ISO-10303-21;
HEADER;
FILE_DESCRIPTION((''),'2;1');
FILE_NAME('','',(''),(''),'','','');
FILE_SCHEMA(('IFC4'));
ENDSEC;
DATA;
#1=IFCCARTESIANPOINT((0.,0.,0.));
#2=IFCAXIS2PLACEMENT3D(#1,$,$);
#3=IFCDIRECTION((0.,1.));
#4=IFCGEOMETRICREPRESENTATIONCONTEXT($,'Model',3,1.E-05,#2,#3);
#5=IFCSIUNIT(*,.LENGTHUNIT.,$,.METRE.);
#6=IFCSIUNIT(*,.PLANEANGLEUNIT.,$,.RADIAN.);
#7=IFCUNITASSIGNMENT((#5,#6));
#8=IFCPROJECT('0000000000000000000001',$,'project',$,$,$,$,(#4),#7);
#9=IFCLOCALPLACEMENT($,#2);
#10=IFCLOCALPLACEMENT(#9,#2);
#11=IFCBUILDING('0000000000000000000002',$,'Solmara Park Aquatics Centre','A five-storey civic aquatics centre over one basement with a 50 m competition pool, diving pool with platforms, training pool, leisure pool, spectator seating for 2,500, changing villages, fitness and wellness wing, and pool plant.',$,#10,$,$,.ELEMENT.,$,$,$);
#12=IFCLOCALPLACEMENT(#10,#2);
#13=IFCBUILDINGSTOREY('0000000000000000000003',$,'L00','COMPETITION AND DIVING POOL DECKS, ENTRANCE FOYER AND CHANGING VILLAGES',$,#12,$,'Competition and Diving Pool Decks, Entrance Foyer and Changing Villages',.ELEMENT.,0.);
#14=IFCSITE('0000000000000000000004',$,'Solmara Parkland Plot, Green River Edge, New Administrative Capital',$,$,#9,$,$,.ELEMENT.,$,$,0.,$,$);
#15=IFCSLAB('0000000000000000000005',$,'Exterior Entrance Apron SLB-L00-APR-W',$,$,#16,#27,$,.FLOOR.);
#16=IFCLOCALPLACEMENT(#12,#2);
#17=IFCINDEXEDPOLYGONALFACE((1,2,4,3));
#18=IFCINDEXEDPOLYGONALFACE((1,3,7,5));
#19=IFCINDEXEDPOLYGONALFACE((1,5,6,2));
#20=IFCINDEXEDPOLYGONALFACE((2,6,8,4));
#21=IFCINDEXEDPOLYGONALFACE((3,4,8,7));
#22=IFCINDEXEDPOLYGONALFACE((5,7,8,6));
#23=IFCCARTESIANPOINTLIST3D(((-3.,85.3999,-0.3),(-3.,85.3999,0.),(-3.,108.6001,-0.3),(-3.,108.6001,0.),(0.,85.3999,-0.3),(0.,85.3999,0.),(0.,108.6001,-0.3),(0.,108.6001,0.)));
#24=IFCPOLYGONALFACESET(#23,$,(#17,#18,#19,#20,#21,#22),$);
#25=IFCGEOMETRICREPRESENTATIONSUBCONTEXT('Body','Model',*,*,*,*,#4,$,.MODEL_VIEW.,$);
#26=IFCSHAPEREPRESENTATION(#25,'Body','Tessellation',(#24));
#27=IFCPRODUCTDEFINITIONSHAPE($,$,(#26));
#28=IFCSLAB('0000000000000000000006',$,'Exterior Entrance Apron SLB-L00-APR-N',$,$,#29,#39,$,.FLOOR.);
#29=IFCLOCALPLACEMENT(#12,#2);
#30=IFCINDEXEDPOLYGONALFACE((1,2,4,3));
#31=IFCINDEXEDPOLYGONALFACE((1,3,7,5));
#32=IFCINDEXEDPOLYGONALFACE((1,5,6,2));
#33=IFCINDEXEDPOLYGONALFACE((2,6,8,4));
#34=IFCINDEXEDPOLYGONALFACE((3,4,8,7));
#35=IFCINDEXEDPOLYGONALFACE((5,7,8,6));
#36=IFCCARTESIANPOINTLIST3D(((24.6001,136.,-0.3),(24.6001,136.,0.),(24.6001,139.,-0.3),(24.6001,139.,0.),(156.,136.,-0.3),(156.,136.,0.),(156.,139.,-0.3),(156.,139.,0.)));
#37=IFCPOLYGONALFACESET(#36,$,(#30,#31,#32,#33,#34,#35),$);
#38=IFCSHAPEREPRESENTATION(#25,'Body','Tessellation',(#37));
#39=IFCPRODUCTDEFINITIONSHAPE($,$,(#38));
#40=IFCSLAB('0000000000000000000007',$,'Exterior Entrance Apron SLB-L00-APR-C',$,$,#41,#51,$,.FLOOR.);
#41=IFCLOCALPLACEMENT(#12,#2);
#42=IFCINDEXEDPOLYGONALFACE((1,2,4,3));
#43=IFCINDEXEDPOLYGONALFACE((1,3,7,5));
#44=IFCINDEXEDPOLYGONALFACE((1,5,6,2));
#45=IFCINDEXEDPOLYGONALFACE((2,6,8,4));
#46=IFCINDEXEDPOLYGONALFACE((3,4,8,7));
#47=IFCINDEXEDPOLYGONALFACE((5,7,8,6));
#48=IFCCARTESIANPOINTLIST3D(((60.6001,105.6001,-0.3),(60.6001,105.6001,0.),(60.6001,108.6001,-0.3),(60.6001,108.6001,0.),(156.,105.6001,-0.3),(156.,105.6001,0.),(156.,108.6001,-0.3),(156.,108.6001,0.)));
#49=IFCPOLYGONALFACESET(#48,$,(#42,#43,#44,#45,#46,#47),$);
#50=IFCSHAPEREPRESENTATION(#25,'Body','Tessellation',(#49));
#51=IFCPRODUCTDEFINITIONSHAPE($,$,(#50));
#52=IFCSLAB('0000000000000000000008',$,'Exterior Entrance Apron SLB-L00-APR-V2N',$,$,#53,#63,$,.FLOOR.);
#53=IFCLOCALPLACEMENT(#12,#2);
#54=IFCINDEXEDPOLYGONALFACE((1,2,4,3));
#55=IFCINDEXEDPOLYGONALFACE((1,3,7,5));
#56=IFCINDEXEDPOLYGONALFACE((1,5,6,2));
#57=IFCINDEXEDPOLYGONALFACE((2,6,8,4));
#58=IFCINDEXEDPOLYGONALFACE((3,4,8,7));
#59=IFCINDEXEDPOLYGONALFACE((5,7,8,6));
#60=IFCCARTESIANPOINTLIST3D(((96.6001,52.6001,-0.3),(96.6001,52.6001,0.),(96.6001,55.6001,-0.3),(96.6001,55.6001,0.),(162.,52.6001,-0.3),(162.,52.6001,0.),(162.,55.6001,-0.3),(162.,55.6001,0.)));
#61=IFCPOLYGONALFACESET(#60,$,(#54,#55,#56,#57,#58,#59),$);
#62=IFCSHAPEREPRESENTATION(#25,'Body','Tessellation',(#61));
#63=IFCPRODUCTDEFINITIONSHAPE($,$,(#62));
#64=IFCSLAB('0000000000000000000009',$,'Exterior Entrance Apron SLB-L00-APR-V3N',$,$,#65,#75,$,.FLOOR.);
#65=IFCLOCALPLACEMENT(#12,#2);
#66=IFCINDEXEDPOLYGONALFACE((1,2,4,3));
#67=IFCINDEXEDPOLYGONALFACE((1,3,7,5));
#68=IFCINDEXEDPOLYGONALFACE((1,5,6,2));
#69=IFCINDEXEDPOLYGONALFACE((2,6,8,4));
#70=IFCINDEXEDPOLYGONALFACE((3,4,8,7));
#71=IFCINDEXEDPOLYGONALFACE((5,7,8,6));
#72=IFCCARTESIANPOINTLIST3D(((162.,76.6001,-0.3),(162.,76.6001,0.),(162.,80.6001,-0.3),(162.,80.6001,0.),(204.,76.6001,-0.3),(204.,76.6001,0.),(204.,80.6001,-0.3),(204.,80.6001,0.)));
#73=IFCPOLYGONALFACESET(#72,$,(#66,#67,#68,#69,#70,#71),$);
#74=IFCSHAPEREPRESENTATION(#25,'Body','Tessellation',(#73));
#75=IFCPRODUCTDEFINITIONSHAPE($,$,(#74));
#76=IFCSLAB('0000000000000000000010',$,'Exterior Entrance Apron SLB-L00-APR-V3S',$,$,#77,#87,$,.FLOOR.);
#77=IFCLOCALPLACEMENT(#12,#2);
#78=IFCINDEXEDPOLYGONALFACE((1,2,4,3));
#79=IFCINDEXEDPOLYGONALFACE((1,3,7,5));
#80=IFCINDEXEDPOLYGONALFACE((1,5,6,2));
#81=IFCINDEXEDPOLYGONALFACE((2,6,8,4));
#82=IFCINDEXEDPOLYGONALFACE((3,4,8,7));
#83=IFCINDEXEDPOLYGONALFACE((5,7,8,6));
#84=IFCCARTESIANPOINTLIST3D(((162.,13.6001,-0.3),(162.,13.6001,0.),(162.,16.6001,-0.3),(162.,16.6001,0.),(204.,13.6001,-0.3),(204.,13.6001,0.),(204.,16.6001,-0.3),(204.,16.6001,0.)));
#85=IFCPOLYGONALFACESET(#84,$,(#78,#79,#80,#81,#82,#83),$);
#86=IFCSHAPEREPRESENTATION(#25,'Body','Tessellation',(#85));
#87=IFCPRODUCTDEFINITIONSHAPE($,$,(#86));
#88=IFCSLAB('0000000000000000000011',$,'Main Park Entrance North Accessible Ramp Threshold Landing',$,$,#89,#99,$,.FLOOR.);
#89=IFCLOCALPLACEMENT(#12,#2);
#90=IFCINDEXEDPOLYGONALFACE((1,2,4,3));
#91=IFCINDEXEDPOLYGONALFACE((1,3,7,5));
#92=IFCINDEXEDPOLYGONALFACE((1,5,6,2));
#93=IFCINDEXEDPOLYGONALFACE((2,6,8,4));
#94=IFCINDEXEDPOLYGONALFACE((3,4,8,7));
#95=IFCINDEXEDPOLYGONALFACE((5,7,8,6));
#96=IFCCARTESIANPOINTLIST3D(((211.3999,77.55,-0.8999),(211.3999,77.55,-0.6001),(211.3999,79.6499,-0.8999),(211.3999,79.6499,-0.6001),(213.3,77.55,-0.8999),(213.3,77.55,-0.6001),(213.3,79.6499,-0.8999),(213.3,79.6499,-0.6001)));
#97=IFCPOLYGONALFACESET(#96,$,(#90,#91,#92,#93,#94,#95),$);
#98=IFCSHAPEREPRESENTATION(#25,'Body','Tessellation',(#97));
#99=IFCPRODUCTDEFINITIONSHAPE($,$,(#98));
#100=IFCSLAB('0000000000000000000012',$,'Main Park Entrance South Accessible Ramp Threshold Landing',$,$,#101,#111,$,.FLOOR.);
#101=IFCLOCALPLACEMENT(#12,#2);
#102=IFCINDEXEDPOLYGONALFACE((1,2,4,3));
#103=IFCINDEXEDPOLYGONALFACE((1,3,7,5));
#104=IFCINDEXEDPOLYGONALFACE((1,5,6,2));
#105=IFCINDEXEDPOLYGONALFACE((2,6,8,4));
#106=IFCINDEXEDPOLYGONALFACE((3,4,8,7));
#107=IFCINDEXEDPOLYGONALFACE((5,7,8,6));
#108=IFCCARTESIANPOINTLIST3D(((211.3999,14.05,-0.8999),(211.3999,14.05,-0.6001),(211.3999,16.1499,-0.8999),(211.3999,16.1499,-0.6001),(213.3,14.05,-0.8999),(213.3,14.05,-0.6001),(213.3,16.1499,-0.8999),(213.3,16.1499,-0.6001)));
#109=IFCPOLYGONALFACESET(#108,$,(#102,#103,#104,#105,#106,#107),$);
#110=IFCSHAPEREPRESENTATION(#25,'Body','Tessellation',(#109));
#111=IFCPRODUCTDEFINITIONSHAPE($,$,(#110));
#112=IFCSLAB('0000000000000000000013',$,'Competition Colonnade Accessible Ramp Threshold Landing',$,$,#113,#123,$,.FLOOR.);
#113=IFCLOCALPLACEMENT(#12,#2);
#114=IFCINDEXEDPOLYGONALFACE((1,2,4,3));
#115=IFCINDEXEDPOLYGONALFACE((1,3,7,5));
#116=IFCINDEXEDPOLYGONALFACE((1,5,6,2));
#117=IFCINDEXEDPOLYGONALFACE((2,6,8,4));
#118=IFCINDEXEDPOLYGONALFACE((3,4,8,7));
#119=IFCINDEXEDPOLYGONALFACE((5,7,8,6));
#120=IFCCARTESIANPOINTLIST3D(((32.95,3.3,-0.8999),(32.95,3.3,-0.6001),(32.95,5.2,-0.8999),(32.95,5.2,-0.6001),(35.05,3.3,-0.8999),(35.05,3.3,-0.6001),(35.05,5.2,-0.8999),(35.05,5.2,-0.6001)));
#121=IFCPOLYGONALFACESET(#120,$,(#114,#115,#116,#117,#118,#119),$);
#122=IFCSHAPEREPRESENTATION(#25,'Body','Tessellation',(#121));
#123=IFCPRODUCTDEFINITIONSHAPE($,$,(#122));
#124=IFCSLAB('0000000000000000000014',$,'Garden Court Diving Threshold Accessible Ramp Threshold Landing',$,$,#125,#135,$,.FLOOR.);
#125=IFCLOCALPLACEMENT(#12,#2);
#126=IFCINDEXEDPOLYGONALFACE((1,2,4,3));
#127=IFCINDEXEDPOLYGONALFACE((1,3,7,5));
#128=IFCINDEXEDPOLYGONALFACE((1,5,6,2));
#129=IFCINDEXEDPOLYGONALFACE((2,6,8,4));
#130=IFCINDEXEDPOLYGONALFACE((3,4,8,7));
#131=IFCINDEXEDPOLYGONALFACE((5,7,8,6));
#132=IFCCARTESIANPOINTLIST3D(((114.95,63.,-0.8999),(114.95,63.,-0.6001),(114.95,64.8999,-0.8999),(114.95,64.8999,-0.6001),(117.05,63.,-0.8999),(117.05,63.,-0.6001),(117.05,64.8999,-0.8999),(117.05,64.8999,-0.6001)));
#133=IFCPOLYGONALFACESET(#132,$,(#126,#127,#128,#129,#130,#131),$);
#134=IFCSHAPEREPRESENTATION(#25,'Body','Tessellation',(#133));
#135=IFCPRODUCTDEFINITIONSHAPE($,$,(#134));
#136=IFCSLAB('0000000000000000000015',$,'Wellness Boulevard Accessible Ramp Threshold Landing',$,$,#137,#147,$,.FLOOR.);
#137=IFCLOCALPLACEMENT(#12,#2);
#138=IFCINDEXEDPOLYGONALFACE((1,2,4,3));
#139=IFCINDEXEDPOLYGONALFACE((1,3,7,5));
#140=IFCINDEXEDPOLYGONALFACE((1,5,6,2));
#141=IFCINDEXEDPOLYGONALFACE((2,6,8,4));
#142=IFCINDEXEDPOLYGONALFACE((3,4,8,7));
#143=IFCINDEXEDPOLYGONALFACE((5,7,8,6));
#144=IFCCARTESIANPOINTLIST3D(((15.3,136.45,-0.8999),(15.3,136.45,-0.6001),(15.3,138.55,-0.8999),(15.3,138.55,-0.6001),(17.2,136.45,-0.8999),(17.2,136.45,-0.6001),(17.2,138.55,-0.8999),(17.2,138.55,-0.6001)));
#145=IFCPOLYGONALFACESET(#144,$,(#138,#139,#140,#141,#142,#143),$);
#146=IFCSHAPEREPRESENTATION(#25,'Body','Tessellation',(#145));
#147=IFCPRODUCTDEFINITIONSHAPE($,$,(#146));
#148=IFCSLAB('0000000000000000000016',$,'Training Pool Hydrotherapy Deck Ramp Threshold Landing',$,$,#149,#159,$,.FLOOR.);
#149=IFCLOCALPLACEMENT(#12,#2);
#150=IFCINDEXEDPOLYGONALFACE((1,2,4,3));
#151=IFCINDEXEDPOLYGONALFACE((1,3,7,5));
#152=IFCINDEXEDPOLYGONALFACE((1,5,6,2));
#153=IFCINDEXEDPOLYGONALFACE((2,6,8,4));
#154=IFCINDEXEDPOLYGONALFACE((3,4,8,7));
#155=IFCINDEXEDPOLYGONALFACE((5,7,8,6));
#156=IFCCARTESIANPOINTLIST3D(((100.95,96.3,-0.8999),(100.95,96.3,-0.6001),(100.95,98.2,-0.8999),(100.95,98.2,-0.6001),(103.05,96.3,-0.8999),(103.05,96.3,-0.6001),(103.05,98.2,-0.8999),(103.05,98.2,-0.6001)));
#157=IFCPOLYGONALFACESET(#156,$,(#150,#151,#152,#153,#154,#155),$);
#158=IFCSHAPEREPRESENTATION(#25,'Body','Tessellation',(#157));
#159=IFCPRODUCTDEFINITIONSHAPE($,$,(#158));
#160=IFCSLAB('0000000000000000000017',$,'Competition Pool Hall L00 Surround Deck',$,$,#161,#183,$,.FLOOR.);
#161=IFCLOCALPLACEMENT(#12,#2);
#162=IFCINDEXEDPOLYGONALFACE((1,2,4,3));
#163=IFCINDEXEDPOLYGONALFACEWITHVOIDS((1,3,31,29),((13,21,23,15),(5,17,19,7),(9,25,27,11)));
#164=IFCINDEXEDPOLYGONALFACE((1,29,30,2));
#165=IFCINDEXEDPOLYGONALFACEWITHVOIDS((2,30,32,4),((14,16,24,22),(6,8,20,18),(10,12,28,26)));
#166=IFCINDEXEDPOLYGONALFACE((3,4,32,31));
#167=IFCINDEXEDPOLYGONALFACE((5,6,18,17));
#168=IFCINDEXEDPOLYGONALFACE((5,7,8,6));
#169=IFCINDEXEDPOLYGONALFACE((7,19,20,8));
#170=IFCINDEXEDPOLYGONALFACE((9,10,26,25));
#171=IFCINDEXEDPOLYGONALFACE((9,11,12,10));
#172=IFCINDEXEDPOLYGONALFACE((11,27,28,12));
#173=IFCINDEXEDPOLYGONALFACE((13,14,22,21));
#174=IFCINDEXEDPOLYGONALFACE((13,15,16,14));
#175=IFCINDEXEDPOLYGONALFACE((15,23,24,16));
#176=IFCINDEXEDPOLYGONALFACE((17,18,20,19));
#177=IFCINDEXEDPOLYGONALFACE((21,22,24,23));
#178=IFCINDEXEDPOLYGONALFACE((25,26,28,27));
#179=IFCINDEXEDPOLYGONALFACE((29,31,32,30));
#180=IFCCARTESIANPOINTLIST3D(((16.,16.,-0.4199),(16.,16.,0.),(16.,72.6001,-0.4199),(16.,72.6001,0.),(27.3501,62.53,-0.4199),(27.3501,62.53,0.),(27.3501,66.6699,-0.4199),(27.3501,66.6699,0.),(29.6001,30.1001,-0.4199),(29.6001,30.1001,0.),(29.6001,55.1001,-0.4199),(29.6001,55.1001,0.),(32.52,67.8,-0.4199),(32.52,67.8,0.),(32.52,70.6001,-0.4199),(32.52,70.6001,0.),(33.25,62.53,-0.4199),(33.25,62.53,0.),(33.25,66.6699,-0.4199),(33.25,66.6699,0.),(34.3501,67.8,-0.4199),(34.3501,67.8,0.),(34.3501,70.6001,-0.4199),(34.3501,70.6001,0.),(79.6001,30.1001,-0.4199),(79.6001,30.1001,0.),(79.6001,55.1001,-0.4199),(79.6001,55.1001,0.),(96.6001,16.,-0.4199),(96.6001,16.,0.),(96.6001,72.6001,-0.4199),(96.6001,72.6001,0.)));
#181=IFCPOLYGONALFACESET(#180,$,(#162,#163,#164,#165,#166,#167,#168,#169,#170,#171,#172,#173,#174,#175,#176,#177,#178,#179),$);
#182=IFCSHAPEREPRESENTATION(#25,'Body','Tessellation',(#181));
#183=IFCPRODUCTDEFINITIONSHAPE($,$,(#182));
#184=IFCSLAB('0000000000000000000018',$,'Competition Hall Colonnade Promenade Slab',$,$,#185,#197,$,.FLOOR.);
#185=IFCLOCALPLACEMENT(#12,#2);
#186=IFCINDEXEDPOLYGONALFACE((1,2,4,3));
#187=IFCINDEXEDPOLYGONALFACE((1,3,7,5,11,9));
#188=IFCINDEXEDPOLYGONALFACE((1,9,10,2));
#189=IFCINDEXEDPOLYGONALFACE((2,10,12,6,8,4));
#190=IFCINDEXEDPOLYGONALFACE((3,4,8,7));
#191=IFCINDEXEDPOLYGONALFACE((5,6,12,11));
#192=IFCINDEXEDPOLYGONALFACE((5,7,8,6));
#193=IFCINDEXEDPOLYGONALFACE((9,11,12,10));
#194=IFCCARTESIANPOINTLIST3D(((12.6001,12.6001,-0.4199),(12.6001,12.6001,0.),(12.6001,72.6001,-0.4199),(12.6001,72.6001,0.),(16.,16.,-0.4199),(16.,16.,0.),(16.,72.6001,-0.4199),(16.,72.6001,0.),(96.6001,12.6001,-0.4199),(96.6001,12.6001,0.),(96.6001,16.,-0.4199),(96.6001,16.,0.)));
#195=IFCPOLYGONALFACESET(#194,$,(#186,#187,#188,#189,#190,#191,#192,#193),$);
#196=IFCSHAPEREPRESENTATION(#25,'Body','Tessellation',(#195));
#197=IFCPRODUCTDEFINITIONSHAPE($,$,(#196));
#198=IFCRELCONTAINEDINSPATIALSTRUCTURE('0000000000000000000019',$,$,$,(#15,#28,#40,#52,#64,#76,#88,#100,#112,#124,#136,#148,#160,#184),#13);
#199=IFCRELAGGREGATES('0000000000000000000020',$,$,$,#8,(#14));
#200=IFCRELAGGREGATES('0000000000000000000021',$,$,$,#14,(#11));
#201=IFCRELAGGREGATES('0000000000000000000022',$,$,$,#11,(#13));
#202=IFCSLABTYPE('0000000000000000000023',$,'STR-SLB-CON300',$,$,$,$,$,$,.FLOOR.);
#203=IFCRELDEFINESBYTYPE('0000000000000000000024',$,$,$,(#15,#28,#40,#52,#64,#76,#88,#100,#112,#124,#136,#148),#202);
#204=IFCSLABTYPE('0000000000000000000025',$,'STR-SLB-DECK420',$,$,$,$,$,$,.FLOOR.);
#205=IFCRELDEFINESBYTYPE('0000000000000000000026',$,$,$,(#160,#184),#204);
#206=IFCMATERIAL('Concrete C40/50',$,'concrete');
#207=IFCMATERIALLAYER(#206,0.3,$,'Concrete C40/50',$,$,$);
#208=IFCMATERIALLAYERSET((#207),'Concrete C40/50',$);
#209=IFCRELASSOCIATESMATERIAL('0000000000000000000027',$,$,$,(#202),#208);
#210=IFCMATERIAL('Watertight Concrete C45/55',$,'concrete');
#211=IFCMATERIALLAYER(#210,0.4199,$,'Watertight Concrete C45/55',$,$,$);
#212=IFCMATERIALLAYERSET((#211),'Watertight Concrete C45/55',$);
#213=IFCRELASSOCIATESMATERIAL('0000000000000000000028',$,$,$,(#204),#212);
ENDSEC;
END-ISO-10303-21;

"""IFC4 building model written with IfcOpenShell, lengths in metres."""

from ifc_helpers import new_model, si_unit, direction, frame, origin, place, context, subcontext, project, spatial, polyline, outline, extrude, material, layer, layer_set, type_object, element, save


model = new_model("IFC4")

# Units and contexts
model_context = context("Model", 3, precision=1e-05, world=origin(), true_north=direction((0.0, 1.0)))
body_context = subcontext(model_context, "Body", "Model", "MODEL_VIEW")
ifc_project = project(units=[si_unit("LENGTHUNIT", "METRE"), si_unit("PLANEANGLEUNIT", "RADIAN")], contexts=[model_context])

# Site, building, storey
site_placement = place(None, origin())
site = spatial("IfcSite", under=ifc_project, at=site_placement, Name="Solmara Parkland Plot, Green River Edge, New Administrative Capital", CompositionType="ELEMENT", RefElevation=0.0)
building_placement = place(site_placement, origin())
building = spatial("IfcBuilding", under=site, at=building_placement, Name="Solmara Park Aquatics Centre", Description="A five-storey civic aquatics centre over one basement with a 50 m competition pool, diving pool with platforms, training pool, leisure pool, spectator seating for 2,500, changing villages, fitness and wellness wing, and pool plant.", CompositionType="ELEMENT")
storey_placement = place(building_placement, origin())
storey = spatial("IfcBuildingStorey", under=building, at=storey_placement, Name="L00", Description="COMPETITION AND DIVING POOL DECKS, ENTRANCE FOYER AND CHANGING VILLAGES", LongName="Competition and Diving Pool Decks, Entrance Foyer and Changing Villages", CompositionType="ELEMENT", Elevation=0.0)

# Shared definitions
ifc_material_1 = material(Name="Concrete C40/50", Category="concrete")

# Slabs
ifc_layer_1 = layer(ifc_material_1, 0.3, Name="Concrete C40/50")
ifc_layer_set_1 = layer_set([ifc_layer_1], Name="Concrete C40/50")
slab_type_1 = type_object("IfcSlabType", Name="STR-SLB-CON300", PredefinedType="FLOOR", material=ifc_layer_set_1)
slab_1_placement = place(storey_placement, frame((0.0, 0.0, -0.3)))
element("IfcSlab", 1, at=slab_1_placement, inside=storey, type_object=slab_type_1, Name="Exterior Entrance Apron SLB-L00-APR-W", PredefinedType="FLOOR", context=body_context, shape_type="SweptSolid", body=[
    extrude(outline(polyline([(-3.0, 85.3999), (0.0, 85.3999), (0.0, 108.6001), (-3.0, 108.6001), (-3.0, 85.3999)])), origin(), (0.0, 0.0, 1.0), 0.3),
])
slab_2_placement = place(storey_placement, frame((0.0, 0.0, -0.3)))
element("IfcSlab", 2, at=slab_2_placement, inside=storey, type_object=slab_type_1, Name="Exterior Entrance Apron SLB-L00-APR-N", PredefinedType="FLOOR", context=body_context, shape_type="SweptSolid", body=[
    extrude(outline(polyline([(24.6001, 136.0), (156.0, 136.0), (156.0, 139.0), (24.6001, 139.0), (24.6001, 136.0)])), origin(), (0.0, 0.0, 1.0), 0.3),
])
slab_3_placement = place(storey_placement, frame((0.0, 0.0, -0.3)))
element("IfcSlab", 3, at=slab_3_placement, inside=storey, type_object=slab_type_1, Name="Exterior Entrance Apron SLB-L00-APR-C", PredefinedType="FLOOR", context=body_context, shape_type="SweptSolid", body=[
    extrude(outline(polyline([(60.6001, 105.6001), (156.0, 105.6001), (156.0, 108.6001), (60.6001, 108.6001), (60.6001, 105.6001)])), origin(), (0.0, 0.0, 1.0), 0.3),
])
slab_4_placement = place(storey_placement, frame((0.0, 0.0, -0.3)))
element("IfcSlab", 4, at=slab_4_placement, inside=storey, type_object=slab_type_1, Name="Exterior Entrance Apron SLB-L00-APR-V2N", PredefinedType="FLOOR", context=body_context, shape_type="SweptSolid", body=[
    extrude(outline(polyline([(96.6001, 52.6001), (162.0, 52.6001), (162.0, 55.6001), (96.6001, 55.6001), (96.6001, 52.6001)])), origin(), (0.0, 0.0, 1.0), 0.3),
])
slab_5_placement = place(storey_placement, frame((0.0, 0.0, -0.3)))
element("IfcSlab", 5, at=slab_5_placement, inside=storey, type_object=slab_type_1, Name="Exterior Entrance Apron SLB-L00-APR-V3N", PredefinedType="FLOOR", context=body_context, shape_type="SweptSolid", body=[
    extrude(outline(polyline([(162.0, 76.6001), (204.0, 76.6001), (204.0, 80.6001), (162.0, 80.6001), (162.0, 76.6001)])), origin(), (0.0, 0.0, 1.0), 0.3),
])
slab_6_placement = place(storey_placement, frame((0.0, 0.0, -0.3)))
element("IfcSlab", 6, at=slab_6_placement, inside=storey, type_object=slab_type_1, Name="Exterior Entrance Apron SLB-L00-APR-V3S", PredefinedType="FLOOR", context=body_context, shape_type="SweptSolid", body=[
    extrude(outline(polyline([(162.0, 13.6001), (204.0, 13.6001), (204.0, 16.6001), (162.0, 16.6001), (162.0, 13.6001)])), origin(), (0.0, 0.0, 1.0), 0.3),
])
slab_7_placement = place(storey_placement, frame((0.0, 0.0, -0.8999)))
element("IfcSlab", 7, at=slab_7_placement, inside=storey, type_object=slab_type_1, Name="Main Park Entrance North Accessible Ramp Threshold Landing", PredefinedType="FLOOR", context=body_context, shape_type="SweptSolid", body=[
    extrude(outline(polyline([(211.3999, 77.55), (213.3, 77.55), (213.3, 79.6499), (211.3999, 79.6499), (211.3999, 77.55)])), origin(), (0.0, 0.0, 1.0), 0.2998),
])
slab_8_placement = place(storey_placement, frame((0.0, 0.0, -0.8999)))
element("IfcSlab", 8, at=slab_8_placement, inside=storey, type_object=slab_type_1, Name="Main Park Entrance South Accessible Ramp Threshold Landing", PredefinedType="FLOOR", context=body_context, shape_type="SweptSolid", body=[
    extrude(outline(polyline([(211.3999, 14.05), (213.3, 14.05), (213.3, 16.1499), (211.3999, 16.1499), (211.3999, 14.05)])), origin(), (0.0, 0.0, 1.0), 0.2998),
])
slab_9_placement = place(storey_placement, frame((0.0, 0.0, -0.8999)))
element("IfcSlab", 9, at=slab_9_placement, inside=storey, type_object=slab_type_1, Name="Competition Colonnade Accessible Ramp Threshold Landing", PredefinedType="FLOOR", context=body_context, shape_type="SweptSolid", body=[
    extrude(outline(polyline([(32.95, 3.3), (35.05, 3.3), (35.05, 5.2), (32.95, 5.2), (32.95, 3.3)])), origin(), (0.0, 0.0, 1.0), 0.2998),
])
slab_10_placement = place(storey_placement, frame((0.0, 0.0, -0.8999)))
element("IfcSlab", 10, at=slab_10_placement, inside=storey, type_object=slab_type_1, Name="Garden Court Diving Threshold Accessible Ramp Threshold Landing", PredefinedType="FLOOR", context=body_context, shape_type="SweptSolid", body=[
    extrude(outline(polyline([(114.95, 63.0), (117.05, 63.0), (117.05, 64.8999), (114.95, 64.8999), (114.95, 63.0)])), origin(), (0.0, 0.0, 1.0), 0.2998),
])
slab_11_placement = place(storey_placement, frame((0.0, 0.0, -0.8999)))
element("IfcSlab", 11, at=slab_11_placement, inside=storey, type_object=slab_type_1, Name="Wellness Boulevard Accessible Ramp Threshold Landing", PredefinedType="FLOOR", context=body_context, shape_type="SweptSolid", body=[
    extrude(outline(polyline([(15.3, 136.45), (17.2, 136.45), (17.2, 138.55), (15.3, 138.55), (15.3, 136.45)])), origin(), (0.0, 0.0, 1.0), 0.2998),
])
slab_12_placement = place(storey_placement, frame((0.0, 0.0, -0.8999)))
element("IfcSlab", 12, at=slab_12_placement, inside=storey, type_object=slab_type_1, Name="Training Pool Hydrotherapy Deck Ramp Threshold Landing", PredefinedType="FLOOR", context=body_context, shape_type="SweptSolid", body=[
    extrude(outline(polyline([(100.95, 96.3), (103.05, 96.3), (103.05, 98.2), (100.95, 98.2), (100.95, 96.3)])), origin(), (0.0, 0.0, 1.0), 0.2998),
])
ifc_material_2 = material(Name="Watertight Concrete C45/55", Category="concrete")
ifc_layer_2 = layer(ifc_material_2, 0.4199, Name="Watertight Concrete C45/55")
ifc_layer_set_2 = layer_set([ifc_layer_2], Name="Watertight Concrete C45/55")
slab_type_2 = type_object("IfcSlabType", Name="STR-SLB-DECK420", PredefinedType="FLOOR", material=ifc_layer_set_2)
slab_13_placement = place(storey_placement, frame((0.0, 0.0, -0.4199)))
element("IfcSlab", 13, at=slab_13_placement, inside=storey, type_object=slab_type_2, Name="Competition Pool Hall L00 Surround Deck", PredefinedType="FLOOR", context=body_context, shape_type="SweptSolid", body=[
    extrude(outline(polyline([(16.0, 16.0), (96.6001, 16.0), (96.6001, 72.6001), (16.0, 72.6001), (16.0, 16.0)]), holes=[polyline([(29.6001, 30.1001), (79.6001, 30.1001), (79.6001, 55.1001), (29.6001, 55.1001), (29.6001, 30.1001)]), polyline([(27.3501, 62.53), (33.25, 62.53), (33.25, 66.6699), (27.3501, 66.6699), (27.3501, 62.53)]), polyline([(32.52, 67.8), (34.3501, 67.8), (34.3501, 70.6001), (32.52, 70.6001), (32.52, 67.8)])]), origin(), (0.0, 0.0, 1.0), 0.4199),
])
slab_14_placement = place(storey_placement, frame((0.0, 0.0, -0.4199)))
element("IfcSlab", 14, at=slab_14_placement, inside=storey, type_object=slab_type_2, Name="Competition Hall Colonnade Promenade Slab", PredefinedType="FLOOR", context=body_context, shape_type="SweptSolid", body=[
    extrude(outline(polyline([(12.6001, 12.6001), (96.6001, 12.6001), (96.6001, 16.0), (16.0, 16.0), (16.0, 72.6001), (12.6001, 72.6001), (12.6001, 12.6001)])), origin(), (0.0, 0.0, 1.0), 0.4199),
])

save(model, "model.ifc")
